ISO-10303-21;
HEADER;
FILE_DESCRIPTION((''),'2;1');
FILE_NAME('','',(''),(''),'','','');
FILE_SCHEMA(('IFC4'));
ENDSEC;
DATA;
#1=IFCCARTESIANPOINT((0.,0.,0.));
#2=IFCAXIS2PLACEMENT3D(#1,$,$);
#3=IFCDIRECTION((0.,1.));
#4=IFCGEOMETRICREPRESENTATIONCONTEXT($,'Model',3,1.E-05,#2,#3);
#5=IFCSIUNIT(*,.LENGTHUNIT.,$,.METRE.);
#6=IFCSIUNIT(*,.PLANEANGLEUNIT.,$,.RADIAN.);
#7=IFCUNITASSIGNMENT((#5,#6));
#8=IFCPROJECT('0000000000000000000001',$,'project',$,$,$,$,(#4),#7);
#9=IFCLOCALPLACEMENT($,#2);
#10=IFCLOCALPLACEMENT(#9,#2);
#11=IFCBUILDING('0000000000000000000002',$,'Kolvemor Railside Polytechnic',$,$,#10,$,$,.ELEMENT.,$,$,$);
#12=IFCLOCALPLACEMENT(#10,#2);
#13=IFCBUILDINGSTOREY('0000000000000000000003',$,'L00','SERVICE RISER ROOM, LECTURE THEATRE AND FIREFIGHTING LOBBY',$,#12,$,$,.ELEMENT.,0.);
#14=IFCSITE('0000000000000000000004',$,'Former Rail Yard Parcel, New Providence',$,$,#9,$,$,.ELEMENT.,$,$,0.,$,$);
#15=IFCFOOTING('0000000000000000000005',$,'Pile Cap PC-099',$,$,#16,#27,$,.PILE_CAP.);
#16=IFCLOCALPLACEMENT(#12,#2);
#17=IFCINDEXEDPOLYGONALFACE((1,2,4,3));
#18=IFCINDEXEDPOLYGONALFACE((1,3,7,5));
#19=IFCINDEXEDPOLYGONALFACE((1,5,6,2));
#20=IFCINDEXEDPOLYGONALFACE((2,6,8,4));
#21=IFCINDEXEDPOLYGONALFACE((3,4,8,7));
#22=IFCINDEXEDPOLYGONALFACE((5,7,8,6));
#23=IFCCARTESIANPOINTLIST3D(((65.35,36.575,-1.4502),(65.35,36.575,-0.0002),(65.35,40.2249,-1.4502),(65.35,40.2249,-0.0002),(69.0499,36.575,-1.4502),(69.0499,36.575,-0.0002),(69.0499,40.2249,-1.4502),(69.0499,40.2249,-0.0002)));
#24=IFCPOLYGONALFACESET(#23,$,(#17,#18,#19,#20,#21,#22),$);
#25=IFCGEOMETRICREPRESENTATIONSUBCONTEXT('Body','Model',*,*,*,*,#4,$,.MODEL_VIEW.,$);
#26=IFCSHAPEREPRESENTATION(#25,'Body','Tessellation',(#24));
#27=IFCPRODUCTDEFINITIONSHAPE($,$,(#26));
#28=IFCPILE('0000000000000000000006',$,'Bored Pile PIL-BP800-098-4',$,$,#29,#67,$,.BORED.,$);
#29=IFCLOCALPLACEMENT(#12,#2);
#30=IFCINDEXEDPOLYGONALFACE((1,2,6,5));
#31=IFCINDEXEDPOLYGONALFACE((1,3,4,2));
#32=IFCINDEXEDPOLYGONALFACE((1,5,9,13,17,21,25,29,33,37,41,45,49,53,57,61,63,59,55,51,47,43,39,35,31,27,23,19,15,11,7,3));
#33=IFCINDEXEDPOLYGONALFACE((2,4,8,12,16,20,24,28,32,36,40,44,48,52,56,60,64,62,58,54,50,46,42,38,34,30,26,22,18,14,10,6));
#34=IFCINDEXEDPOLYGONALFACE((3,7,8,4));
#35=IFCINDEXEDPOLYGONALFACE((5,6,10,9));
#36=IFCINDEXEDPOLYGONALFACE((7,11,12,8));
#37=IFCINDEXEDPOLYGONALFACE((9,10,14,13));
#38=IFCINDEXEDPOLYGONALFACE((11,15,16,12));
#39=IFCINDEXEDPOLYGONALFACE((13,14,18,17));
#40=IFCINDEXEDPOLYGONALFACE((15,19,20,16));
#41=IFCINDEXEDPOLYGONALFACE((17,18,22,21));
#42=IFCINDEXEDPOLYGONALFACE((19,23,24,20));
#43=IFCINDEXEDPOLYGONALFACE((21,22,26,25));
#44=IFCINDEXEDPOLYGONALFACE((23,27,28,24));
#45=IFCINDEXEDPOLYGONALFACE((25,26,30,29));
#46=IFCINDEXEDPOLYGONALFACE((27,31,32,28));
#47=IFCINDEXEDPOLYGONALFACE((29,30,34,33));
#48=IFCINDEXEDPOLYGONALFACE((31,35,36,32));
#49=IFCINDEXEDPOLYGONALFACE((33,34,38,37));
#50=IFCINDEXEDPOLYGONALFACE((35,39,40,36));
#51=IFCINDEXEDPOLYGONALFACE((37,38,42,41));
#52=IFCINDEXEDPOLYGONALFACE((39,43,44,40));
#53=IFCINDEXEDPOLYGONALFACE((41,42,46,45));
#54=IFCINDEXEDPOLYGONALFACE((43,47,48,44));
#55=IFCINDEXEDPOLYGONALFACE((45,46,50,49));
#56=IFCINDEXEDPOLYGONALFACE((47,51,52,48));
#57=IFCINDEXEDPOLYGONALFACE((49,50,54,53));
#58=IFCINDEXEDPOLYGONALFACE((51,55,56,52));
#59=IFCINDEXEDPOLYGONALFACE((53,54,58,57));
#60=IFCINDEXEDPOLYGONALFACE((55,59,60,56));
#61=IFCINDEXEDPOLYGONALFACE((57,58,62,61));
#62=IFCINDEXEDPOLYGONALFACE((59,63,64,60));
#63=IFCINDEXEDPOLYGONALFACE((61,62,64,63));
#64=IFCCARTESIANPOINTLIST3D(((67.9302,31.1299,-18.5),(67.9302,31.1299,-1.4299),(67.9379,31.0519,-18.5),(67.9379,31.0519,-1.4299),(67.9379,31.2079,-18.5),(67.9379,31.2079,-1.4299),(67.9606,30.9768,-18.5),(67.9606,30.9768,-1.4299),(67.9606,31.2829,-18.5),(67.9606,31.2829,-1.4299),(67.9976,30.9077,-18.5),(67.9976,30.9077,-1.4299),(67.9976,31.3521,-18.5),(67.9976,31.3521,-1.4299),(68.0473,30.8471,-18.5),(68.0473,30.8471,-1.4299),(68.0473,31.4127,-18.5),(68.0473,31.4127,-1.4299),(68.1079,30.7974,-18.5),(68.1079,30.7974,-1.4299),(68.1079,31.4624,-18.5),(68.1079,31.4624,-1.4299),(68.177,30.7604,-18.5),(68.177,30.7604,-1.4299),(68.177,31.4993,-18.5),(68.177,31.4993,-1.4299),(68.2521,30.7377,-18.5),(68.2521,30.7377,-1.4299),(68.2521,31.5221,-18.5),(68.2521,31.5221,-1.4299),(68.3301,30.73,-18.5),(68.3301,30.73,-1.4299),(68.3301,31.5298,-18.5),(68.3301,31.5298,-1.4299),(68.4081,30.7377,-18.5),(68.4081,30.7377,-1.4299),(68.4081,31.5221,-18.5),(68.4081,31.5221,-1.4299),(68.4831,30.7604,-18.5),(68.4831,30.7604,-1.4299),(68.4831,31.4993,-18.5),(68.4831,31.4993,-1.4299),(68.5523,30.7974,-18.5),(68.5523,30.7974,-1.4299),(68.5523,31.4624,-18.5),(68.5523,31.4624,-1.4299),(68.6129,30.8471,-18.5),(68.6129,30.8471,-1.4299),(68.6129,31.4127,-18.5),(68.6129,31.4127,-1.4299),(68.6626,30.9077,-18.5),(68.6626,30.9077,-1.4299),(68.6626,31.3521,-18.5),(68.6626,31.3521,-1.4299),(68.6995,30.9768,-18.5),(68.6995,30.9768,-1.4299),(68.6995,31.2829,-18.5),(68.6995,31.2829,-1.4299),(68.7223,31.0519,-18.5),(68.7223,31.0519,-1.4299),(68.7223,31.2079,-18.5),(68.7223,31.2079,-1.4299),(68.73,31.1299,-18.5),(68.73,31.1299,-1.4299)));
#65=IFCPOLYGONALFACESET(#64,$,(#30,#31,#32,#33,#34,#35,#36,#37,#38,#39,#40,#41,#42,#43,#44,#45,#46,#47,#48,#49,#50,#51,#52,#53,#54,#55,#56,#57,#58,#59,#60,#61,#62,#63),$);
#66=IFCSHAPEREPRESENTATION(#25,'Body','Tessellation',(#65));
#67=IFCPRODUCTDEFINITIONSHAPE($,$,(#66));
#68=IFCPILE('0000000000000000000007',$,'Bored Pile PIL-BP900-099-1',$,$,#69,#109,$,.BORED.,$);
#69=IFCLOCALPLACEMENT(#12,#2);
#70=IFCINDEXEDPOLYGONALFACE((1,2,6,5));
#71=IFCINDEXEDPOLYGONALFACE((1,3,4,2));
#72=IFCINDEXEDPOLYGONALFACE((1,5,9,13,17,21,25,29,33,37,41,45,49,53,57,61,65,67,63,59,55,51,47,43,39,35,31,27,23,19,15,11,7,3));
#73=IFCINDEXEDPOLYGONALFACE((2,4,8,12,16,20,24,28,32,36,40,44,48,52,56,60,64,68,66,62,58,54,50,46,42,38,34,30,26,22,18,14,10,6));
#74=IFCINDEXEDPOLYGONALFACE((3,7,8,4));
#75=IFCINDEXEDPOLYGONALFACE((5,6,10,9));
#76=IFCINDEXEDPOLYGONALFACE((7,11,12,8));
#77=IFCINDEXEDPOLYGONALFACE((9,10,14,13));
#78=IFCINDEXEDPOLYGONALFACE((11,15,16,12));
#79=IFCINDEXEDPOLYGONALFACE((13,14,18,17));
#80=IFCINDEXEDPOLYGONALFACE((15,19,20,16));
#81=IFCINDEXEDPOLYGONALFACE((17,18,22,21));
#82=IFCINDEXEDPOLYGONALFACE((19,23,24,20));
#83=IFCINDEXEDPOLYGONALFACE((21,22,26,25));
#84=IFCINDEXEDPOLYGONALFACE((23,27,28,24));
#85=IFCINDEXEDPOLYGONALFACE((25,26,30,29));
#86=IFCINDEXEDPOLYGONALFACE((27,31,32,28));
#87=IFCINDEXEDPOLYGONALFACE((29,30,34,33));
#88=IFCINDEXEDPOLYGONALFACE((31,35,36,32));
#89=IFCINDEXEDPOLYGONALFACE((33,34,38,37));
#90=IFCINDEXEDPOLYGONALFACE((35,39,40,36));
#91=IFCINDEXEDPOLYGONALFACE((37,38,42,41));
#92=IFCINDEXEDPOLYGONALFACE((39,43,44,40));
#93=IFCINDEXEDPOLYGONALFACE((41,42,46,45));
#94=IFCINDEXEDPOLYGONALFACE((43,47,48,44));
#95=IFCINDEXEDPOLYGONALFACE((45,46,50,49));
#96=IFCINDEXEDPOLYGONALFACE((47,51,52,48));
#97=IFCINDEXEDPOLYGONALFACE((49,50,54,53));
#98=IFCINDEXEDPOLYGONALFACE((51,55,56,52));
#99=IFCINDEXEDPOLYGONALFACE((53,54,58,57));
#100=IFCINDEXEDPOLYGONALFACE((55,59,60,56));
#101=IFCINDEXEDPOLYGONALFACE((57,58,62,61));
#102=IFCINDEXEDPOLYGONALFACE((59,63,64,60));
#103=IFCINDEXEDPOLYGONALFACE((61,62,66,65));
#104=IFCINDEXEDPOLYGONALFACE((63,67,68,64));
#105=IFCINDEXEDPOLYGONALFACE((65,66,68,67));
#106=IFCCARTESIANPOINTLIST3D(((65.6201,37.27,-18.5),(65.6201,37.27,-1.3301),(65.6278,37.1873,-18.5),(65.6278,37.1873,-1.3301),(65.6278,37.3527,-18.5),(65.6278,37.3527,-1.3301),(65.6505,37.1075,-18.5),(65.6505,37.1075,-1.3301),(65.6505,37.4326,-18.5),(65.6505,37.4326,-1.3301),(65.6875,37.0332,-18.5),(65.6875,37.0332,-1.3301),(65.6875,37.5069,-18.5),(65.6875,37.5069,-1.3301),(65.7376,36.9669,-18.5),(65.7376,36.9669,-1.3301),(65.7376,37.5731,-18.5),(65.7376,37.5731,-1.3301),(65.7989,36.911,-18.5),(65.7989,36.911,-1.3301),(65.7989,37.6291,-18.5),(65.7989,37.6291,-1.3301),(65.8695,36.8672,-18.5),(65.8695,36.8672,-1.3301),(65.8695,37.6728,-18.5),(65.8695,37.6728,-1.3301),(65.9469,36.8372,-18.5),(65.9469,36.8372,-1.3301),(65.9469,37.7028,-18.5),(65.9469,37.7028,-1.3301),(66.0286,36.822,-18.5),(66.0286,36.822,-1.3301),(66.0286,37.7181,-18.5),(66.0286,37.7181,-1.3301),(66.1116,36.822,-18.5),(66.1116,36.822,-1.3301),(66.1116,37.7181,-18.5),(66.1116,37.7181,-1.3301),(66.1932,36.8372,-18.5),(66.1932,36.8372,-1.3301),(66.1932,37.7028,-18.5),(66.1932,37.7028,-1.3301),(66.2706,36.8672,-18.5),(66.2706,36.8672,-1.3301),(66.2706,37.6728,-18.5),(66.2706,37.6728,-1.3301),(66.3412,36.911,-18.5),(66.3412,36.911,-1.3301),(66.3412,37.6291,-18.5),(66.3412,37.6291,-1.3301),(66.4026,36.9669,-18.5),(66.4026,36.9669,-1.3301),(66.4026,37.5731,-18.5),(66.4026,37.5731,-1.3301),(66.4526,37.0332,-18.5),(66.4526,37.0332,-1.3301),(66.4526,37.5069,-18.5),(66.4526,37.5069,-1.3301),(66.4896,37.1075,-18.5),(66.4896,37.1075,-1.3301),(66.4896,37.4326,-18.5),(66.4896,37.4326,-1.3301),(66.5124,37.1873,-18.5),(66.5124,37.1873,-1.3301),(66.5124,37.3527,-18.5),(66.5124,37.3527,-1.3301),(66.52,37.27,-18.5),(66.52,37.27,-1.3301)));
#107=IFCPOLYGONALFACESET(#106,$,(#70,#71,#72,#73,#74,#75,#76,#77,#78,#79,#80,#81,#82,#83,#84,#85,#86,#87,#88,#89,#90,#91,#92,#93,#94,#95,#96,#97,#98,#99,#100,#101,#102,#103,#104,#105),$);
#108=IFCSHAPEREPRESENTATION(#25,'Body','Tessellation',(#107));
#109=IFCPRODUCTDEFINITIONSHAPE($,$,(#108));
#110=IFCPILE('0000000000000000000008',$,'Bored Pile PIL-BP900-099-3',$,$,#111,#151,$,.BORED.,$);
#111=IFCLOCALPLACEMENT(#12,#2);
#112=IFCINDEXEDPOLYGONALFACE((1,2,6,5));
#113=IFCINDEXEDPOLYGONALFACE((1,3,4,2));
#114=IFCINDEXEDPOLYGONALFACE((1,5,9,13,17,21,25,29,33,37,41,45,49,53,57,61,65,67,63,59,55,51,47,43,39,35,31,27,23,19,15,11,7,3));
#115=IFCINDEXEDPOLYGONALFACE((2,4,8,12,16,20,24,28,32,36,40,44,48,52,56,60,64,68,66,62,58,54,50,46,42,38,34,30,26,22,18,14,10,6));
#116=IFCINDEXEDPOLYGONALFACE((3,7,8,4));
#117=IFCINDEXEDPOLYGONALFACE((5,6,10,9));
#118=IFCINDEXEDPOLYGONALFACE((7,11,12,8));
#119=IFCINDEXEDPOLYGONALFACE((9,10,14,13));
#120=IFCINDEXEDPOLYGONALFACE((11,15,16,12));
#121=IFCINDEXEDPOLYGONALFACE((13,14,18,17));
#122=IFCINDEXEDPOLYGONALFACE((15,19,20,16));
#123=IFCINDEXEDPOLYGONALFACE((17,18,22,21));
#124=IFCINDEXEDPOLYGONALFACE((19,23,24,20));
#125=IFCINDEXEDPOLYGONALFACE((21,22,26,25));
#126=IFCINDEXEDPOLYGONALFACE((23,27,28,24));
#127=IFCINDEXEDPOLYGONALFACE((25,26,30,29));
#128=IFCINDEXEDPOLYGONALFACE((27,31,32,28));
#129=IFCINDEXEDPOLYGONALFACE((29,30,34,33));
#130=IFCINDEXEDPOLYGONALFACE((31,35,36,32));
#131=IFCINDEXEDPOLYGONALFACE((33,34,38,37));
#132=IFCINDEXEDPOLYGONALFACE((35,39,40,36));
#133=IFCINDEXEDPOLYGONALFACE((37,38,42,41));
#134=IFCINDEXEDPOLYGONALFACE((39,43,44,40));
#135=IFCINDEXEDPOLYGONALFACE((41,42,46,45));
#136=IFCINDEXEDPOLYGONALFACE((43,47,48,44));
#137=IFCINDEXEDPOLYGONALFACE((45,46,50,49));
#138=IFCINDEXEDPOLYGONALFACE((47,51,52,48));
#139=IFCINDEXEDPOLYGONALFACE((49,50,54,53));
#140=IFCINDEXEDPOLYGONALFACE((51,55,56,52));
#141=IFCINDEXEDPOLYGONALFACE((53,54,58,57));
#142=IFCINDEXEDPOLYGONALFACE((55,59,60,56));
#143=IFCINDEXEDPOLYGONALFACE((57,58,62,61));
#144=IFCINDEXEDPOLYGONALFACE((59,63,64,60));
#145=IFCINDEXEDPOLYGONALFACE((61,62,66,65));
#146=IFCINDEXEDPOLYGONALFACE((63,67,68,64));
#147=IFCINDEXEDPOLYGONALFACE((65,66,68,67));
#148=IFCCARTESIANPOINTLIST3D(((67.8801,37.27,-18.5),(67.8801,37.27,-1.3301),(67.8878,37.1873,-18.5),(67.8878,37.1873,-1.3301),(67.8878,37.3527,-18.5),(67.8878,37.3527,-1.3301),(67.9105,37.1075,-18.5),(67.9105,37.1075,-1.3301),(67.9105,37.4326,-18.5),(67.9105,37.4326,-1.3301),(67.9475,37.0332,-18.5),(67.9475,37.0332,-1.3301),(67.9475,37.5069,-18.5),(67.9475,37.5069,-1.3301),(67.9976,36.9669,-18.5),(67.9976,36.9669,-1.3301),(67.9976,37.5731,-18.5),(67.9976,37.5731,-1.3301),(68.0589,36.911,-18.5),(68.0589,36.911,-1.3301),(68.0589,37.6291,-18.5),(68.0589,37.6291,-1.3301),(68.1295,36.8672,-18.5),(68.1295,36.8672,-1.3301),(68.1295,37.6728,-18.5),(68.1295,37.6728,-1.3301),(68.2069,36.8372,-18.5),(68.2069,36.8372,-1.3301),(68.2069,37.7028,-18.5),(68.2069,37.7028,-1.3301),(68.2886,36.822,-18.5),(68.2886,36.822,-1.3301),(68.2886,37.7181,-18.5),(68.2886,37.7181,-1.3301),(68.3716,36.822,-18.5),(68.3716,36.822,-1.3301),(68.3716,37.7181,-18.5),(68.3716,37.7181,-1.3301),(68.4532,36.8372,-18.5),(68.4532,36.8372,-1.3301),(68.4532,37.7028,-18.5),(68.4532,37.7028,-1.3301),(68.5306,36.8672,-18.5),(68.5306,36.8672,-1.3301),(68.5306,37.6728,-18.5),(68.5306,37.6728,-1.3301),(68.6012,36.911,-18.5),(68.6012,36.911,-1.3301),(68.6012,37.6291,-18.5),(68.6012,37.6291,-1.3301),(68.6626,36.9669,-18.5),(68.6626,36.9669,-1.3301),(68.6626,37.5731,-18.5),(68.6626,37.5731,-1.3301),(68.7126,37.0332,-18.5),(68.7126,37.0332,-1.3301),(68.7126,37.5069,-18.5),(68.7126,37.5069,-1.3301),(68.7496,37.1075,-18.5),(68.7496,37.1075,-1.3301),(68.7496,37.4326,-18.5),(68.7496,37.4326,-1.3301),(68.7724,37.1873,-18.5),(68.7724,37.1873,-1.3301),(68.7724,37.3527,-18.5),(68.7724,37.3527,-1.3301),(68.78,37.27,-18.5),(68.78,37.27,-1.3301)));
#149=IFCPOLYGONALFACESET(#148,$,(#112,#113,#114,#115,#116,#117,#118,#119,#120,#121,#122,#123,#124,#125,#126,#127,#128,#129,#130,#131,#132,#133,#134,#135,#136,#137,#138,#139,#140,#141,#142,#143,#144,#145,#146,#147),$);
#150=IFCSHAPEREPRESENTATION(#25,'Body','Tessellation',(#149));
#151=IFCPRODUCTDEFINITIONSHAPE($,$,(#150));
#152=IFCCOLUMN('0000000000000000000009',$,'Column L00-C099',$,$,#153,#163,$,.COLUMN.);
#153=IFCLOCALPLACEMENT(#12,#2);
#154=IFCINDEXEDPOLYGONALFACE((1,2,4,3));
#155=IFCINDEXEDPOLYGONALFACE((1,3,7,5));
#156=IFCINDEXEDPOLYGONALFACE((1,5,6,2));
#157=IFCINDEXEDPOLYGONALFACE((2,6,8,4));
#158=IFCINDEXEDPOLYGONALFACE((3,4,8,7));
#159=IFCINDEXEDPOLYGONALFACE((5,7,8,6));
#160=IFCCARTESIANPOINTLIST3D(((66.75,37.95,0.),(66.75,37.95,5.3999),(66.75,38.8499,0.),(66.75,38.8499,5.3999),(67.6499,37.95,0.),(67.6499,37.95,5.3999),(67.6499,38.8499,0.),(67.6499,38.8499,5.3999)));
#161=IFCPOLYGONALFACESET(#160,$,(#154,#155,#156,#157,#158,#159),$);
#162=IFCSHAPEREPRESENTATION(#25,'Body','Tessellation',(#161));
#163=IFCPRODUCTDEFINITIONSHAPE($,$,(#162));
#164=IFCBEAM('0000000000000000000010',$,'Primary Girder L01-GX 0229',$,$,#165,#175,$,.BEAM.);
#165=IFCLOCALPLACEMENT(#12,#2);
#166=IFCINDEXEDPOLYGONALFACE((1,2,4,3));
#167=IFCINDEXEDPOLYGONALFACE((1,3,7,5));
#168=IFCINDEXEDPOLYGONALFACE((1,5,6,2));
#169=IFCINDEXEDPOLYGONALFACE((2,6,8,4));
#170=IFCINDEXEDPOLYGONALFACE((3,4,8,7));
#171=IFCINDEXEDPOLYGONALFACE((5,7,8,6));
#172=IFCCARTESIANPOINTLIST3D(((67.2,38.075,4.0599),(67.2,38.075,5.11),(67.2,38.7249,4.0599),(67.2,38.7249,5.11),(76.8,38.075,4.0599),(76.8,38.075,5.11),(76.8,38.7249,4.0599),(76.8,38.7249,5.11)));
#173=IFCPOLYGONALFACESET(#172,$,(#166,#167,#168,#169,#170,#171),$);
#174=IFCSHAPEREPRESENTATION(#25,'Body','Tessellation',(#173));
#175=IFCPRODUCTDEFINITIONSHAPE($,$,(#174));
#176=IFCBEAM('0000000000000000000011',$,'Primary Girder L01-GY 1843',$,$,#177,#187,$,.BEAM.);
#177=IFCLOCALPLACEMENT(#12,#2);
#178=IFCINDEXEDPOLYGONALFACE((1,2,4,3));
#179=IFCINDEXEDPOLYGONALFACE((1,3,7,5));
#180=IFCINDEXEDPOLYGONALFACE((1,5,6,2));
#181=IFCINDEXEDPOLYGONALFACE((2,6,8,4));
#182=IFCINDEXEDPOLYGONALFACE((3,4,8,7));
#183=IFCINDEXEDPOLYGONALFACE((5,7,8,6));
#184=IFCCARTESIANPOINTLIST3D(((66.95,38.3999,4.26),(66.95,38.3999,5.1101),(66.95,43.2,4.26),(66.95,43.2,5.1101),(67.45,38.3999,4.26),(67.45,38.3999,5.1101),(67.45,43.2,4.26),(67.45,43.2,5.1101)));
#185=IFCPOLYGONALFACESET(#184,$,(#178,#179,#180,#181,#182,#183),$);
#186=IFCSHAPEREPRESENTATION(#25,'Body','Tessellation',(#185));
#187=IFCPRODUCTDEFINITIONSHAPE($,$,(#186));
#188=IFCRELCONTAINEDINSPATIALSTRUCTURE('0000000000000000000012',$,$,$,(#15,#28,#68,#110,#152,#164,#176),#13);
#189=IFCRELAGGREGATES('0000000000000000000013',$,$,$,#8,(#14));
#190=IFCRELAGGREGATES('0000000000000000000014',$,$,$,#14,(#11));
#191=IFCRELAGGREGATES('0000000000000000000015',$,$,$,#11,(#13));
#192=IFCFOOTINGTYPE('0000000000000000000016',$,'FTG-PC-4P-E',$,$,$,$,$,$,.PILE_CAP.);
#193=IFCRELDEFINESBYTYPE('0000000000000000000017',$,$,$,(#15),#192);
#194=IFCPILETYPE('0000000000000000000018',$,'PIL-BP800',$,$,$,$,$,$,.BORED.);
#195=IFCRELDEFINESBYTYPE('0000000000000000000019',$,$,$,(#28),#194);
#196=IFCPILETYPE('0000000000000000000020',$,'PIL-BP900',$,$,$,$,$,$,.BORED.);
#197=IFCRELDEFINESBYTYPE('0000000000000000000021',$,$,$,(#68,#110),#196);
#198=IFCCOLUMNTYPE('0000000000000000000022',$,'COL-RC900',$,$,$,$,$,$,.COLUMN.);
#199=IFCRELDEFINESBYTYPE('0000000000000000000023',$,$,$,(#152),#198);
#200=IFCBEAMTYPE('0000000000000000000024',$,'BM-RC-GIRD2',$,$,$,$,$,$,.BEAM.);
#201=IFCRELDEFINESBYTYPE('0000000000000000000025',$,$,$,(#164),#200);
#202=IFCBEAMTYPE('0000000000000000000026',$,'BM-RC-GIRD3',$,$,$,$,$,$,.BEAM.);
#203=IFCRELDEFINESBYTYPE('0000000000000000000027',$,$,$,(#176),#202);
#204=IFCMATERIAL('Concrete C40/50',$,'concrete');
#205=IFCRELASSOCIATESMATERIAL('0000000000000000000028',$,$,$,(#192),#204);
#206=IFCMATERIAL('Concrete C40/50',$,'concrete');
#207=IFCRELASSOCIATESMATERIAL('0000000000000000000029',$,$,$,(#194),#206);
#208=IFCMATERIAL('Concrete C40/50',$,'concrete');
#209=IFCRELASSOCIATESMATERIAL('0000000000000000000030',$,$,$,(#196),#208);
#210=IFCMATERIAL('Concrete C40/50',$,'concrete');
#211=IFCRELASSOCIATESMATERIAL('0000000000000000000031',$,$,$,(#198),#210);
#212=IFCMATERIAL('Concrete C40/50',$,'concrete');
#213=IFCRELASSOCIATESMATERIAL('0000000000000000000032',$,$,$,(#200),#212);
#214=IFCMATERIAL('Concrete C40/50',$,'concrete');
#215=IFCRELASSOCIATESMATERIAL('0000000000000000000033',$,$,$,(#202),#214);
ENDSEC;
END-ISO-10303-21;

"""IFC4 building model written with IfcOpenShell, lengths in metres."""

from ifc_helpers import new_model, si_unit, direction, frame, origin, origin_2d, place, context, subcontext, project, spatial, rectangle, circle, extrude, material, material_profile, profile_set, type_object, element, save


model = new_model("IFC4")

# Units and contexts
model_context = context("Model", 3, precision=1e-05, world=origin(), true_north=direction((0.0, 1.0)))
body_context = subcontext(model_context, "Body", "Model", "MODEL_VIEW")
ifc_project = project(units=[si_unit("LENGTHUNIT", "METRE"), si_unit("PLANEANGLEUNIT", "RADIAN")], contexts=[model_context])

# Site, building, storey
site_placement = place(None, origin())
site = spatial("IfcSite", under=ifc_project, at=site_placement, Name="Former Rail Yard Parcel, New Providence", CompositionType="ELEMENT", RefElevation=0.0)
building_placement = place(site_placement, origin())
building = spatial("IfcBuilding", under=site, at=building_placement, Name="Kolvemor Railside Polytechnic", CompositionType="ELEMENT")
storey_placement = place(building_placement, origin())
storey = spatial("IfcBuildingStorey", under=building, at=storey_placement, Name="L00", Description="SERVICE RISER ROOM, LECTURE THEATRE AND FIREFIGHTING LOBBY", CompositionType="ELEMENT", Elevation=0.0)

# Footing
ifc_material_1 = material(Name="Concrete C40/50", Category="concrete")
footing_type = type_object("IfcFootingType", Name="FTG-PC-4P-E", PredefinedType="PILE_CAP", material=ifc_material_1)
footing_placement = place(storey_placement, frame((67.2, 38.3999, -1.4502), z_axis=(0.0, 0.0, 1.0), x_axis=(1.0, 0.0, 0.0)))
element("IfcFooting", 1, at=footing_placement, inside=storey, type_object=footing_type, Name="Pile Cap PC-099", PredefinedType="PILE_CAP", context=body_context, shape_type="SweptSolid", body=[
    extrude(rectangle(XDim=3.7, YDim=3.6499, at=origin_2d()), origin(), (0.0, 0.0, 1.0), 1.45),
])

# Piles
ifc_material_2 = material(Name="Concrete C40/50", Category="concrete")
ifc_material_profile_1 = material_profile(ifc_material_2, circle(Radius=0.3999, at=origin_2d()), Name="BP800")
ifc_profile_set_1 = profile_set([ifc_material_profile_1], Name="Concrete C40/50")
pile_type_1 = type_object("IfcPileType", Name="PIL-BP800", PredefinedType="BORED", material=ifc_profile_set_1)
pile_placement = place(storey_placement, frame((68.3301, 31.1299, -1.4299), z_axis=(0.0, 0.0, -1.0), x_axis=(1.0, 0.0, 0.0)))
element("IfcPile", 2, at=pile_placement, inside=storey, type_object=pile_type_1, Name="Bored Pile PIL-BP800-098-4", PredefinedType="BORED", context=body_context, shape_type="SweptSolid", body=[
    extrude(circle(Radius=0.3999, at=origin_2d()), origin(), (0.0, 0.0, 1.0), 17.0701),
])
ifc_material_3 = material(Name="Concrete C40/50", Category="concrete")
ifc_material_profile_2 = material_profile(ifc_material_3, circle(Radius=0.45, at=origin_2d()), Name="BP900")
ifc_profile_set_2 = profile_set([ifc_material_profile_2], Name="Concrete C40/50")
pile_type_2 = type_object("IfcPileType", Name="PIL-BP900", PredefinedType="BORED", material=ifc_profile_set_2)
for number, where, z_axis, x_axis, name in (
    (3, (66.0701, 37.27, -1.3301), (0.0, 0.0, -1.0), (1.0, 0.0, 0.0), "Bored Pile PIL-BP900-099-1"),
    (4, (68.3301, 37.27, -1.3301), (0.0, 0.0, -1.0), (1.0, 0.0, 0.0), "Bored Pile PIL-BP900-099-3"),
):
    element("IfcPile", number, at=place(storey_placement, frame(where, z_axis=z_axis, x_axis=x_axis)), inside=storey, type_object=pile_type_2, Name=name, PredefinedType="BORED", context=body_context, shape_type="SweptSolid", body=[
        extrude(circle(Radius=0.45, at=origin_2d()), origin(), (0.0, 0.0, 1.0), 17.1699),
    ])

# Column
ifc_material_4 = material(Name="Concrete C40/50", Category="concrete")
ifc_material_profile_3 = material_profile(ifc_material_4, rectangle(XDim=0.8999, YDim=0.8999, at=origin_2d()), Name="RC900x900")
ifc_profile_set_3 = profile_set([ifc_material_profile_3], Name="Concrete C40/50")
column_type = type_object("IfcColumnType", Name="COL-RC900", PredefinedType="COLUMN", material=ifc_profile_set_3)
column_placement = place(storey_placement, frame((67.2, 38.3999, 0.0), z_axis=(0.0, 0.0, 1.0), x_axis=(1.0, 0.0, 0.0)))
element("IfcColumn", 5, at=column_placement, inside=storey, type_object=column_type, Name="Column L00-C099", PredefinedType="COLUMN", context=body_context, shape_type="SweptSolid", body=[
    extrude(rectangle(XDim=0.8999, YDim=0.8999, at=origin_2d()), origin(), (0.0, 0.0, 1.0), 5.3999),
])

# Beams
ifc_material_5 = material(Name="Concrete C40/50", Category="concrete")
ifc_material_profile_4 = material_profile(ifc_material_5, rectangle(XDim=0.6499, YDim=1.05, at=origin_2d()), Name="RC650x1050")
ifc_profile_set_4 = profile_set([ifc_material_profile_4], Name="Concrete C40/50")
beam_type_1 = type_object("IfcBeamType", Name="BM-RC-GIRD2", PredefinedType="BEAM", material=ifc_profile_set_4)
beam_1_placement = place(storey_placement, frame((67.2, 38.3999, 4.585), z_axis=(1.0, 0.0, 0.0), x_axis=(0.0, 1.0, 0.0)))
element("IfcBeam", 6, at=beam_1_placement, inside=storey, type_object=beam_type_1, Name="Primary Girder L01-GX 0229", PredefinedType="BEAM", context=body_context, shape_type="SweptSolid", body=[
    extrude(rectangle(XDim=0.6499, YDim=1.05, at=origin_2d()), origin(), (0.0, 0.0, 1.0), 9.6001),
])
ifc_material_6 = material(Name="Concrete C40/50", Category="concrete")
ifc_material_profile_5 = material_profile(ifc_material_6, rectangle(XDim=0.5, YDim=0.8501, at=origin_2d()), Name="RC500x850")
ifc_profile_set_5 = profile_set([ifc_material_profile_5], Name="Concrete C40/50")
beam_type_2 = type_object("IfcBeamType", Name="BM-RC-GIRD3", PredefinedType="BEAM", material=ifc_profile_set_5)
beam_2_placement = place(storey_placement, frame((67.2, 38.3999, 4.6851), z_axis=(0.0, 1.0, 0.0), x_axis=(-1.0, 0.0, 0.0)))
element("IfcBeam", 7, at=beam_2_placement, inside=storey, type_object=beam_type_2, Name="Primary Girder L01-GY 1843", PredefinedType="BEAM", context=body_context, shape_type="SweptSolid", body=[
    extrude(rectangle(XDim=0.5, YDim=0.8501, at=origin_2d()), origin(), (0.0, 0.0, 1.0), 4.8),
])

save(model, "model.ifc")
